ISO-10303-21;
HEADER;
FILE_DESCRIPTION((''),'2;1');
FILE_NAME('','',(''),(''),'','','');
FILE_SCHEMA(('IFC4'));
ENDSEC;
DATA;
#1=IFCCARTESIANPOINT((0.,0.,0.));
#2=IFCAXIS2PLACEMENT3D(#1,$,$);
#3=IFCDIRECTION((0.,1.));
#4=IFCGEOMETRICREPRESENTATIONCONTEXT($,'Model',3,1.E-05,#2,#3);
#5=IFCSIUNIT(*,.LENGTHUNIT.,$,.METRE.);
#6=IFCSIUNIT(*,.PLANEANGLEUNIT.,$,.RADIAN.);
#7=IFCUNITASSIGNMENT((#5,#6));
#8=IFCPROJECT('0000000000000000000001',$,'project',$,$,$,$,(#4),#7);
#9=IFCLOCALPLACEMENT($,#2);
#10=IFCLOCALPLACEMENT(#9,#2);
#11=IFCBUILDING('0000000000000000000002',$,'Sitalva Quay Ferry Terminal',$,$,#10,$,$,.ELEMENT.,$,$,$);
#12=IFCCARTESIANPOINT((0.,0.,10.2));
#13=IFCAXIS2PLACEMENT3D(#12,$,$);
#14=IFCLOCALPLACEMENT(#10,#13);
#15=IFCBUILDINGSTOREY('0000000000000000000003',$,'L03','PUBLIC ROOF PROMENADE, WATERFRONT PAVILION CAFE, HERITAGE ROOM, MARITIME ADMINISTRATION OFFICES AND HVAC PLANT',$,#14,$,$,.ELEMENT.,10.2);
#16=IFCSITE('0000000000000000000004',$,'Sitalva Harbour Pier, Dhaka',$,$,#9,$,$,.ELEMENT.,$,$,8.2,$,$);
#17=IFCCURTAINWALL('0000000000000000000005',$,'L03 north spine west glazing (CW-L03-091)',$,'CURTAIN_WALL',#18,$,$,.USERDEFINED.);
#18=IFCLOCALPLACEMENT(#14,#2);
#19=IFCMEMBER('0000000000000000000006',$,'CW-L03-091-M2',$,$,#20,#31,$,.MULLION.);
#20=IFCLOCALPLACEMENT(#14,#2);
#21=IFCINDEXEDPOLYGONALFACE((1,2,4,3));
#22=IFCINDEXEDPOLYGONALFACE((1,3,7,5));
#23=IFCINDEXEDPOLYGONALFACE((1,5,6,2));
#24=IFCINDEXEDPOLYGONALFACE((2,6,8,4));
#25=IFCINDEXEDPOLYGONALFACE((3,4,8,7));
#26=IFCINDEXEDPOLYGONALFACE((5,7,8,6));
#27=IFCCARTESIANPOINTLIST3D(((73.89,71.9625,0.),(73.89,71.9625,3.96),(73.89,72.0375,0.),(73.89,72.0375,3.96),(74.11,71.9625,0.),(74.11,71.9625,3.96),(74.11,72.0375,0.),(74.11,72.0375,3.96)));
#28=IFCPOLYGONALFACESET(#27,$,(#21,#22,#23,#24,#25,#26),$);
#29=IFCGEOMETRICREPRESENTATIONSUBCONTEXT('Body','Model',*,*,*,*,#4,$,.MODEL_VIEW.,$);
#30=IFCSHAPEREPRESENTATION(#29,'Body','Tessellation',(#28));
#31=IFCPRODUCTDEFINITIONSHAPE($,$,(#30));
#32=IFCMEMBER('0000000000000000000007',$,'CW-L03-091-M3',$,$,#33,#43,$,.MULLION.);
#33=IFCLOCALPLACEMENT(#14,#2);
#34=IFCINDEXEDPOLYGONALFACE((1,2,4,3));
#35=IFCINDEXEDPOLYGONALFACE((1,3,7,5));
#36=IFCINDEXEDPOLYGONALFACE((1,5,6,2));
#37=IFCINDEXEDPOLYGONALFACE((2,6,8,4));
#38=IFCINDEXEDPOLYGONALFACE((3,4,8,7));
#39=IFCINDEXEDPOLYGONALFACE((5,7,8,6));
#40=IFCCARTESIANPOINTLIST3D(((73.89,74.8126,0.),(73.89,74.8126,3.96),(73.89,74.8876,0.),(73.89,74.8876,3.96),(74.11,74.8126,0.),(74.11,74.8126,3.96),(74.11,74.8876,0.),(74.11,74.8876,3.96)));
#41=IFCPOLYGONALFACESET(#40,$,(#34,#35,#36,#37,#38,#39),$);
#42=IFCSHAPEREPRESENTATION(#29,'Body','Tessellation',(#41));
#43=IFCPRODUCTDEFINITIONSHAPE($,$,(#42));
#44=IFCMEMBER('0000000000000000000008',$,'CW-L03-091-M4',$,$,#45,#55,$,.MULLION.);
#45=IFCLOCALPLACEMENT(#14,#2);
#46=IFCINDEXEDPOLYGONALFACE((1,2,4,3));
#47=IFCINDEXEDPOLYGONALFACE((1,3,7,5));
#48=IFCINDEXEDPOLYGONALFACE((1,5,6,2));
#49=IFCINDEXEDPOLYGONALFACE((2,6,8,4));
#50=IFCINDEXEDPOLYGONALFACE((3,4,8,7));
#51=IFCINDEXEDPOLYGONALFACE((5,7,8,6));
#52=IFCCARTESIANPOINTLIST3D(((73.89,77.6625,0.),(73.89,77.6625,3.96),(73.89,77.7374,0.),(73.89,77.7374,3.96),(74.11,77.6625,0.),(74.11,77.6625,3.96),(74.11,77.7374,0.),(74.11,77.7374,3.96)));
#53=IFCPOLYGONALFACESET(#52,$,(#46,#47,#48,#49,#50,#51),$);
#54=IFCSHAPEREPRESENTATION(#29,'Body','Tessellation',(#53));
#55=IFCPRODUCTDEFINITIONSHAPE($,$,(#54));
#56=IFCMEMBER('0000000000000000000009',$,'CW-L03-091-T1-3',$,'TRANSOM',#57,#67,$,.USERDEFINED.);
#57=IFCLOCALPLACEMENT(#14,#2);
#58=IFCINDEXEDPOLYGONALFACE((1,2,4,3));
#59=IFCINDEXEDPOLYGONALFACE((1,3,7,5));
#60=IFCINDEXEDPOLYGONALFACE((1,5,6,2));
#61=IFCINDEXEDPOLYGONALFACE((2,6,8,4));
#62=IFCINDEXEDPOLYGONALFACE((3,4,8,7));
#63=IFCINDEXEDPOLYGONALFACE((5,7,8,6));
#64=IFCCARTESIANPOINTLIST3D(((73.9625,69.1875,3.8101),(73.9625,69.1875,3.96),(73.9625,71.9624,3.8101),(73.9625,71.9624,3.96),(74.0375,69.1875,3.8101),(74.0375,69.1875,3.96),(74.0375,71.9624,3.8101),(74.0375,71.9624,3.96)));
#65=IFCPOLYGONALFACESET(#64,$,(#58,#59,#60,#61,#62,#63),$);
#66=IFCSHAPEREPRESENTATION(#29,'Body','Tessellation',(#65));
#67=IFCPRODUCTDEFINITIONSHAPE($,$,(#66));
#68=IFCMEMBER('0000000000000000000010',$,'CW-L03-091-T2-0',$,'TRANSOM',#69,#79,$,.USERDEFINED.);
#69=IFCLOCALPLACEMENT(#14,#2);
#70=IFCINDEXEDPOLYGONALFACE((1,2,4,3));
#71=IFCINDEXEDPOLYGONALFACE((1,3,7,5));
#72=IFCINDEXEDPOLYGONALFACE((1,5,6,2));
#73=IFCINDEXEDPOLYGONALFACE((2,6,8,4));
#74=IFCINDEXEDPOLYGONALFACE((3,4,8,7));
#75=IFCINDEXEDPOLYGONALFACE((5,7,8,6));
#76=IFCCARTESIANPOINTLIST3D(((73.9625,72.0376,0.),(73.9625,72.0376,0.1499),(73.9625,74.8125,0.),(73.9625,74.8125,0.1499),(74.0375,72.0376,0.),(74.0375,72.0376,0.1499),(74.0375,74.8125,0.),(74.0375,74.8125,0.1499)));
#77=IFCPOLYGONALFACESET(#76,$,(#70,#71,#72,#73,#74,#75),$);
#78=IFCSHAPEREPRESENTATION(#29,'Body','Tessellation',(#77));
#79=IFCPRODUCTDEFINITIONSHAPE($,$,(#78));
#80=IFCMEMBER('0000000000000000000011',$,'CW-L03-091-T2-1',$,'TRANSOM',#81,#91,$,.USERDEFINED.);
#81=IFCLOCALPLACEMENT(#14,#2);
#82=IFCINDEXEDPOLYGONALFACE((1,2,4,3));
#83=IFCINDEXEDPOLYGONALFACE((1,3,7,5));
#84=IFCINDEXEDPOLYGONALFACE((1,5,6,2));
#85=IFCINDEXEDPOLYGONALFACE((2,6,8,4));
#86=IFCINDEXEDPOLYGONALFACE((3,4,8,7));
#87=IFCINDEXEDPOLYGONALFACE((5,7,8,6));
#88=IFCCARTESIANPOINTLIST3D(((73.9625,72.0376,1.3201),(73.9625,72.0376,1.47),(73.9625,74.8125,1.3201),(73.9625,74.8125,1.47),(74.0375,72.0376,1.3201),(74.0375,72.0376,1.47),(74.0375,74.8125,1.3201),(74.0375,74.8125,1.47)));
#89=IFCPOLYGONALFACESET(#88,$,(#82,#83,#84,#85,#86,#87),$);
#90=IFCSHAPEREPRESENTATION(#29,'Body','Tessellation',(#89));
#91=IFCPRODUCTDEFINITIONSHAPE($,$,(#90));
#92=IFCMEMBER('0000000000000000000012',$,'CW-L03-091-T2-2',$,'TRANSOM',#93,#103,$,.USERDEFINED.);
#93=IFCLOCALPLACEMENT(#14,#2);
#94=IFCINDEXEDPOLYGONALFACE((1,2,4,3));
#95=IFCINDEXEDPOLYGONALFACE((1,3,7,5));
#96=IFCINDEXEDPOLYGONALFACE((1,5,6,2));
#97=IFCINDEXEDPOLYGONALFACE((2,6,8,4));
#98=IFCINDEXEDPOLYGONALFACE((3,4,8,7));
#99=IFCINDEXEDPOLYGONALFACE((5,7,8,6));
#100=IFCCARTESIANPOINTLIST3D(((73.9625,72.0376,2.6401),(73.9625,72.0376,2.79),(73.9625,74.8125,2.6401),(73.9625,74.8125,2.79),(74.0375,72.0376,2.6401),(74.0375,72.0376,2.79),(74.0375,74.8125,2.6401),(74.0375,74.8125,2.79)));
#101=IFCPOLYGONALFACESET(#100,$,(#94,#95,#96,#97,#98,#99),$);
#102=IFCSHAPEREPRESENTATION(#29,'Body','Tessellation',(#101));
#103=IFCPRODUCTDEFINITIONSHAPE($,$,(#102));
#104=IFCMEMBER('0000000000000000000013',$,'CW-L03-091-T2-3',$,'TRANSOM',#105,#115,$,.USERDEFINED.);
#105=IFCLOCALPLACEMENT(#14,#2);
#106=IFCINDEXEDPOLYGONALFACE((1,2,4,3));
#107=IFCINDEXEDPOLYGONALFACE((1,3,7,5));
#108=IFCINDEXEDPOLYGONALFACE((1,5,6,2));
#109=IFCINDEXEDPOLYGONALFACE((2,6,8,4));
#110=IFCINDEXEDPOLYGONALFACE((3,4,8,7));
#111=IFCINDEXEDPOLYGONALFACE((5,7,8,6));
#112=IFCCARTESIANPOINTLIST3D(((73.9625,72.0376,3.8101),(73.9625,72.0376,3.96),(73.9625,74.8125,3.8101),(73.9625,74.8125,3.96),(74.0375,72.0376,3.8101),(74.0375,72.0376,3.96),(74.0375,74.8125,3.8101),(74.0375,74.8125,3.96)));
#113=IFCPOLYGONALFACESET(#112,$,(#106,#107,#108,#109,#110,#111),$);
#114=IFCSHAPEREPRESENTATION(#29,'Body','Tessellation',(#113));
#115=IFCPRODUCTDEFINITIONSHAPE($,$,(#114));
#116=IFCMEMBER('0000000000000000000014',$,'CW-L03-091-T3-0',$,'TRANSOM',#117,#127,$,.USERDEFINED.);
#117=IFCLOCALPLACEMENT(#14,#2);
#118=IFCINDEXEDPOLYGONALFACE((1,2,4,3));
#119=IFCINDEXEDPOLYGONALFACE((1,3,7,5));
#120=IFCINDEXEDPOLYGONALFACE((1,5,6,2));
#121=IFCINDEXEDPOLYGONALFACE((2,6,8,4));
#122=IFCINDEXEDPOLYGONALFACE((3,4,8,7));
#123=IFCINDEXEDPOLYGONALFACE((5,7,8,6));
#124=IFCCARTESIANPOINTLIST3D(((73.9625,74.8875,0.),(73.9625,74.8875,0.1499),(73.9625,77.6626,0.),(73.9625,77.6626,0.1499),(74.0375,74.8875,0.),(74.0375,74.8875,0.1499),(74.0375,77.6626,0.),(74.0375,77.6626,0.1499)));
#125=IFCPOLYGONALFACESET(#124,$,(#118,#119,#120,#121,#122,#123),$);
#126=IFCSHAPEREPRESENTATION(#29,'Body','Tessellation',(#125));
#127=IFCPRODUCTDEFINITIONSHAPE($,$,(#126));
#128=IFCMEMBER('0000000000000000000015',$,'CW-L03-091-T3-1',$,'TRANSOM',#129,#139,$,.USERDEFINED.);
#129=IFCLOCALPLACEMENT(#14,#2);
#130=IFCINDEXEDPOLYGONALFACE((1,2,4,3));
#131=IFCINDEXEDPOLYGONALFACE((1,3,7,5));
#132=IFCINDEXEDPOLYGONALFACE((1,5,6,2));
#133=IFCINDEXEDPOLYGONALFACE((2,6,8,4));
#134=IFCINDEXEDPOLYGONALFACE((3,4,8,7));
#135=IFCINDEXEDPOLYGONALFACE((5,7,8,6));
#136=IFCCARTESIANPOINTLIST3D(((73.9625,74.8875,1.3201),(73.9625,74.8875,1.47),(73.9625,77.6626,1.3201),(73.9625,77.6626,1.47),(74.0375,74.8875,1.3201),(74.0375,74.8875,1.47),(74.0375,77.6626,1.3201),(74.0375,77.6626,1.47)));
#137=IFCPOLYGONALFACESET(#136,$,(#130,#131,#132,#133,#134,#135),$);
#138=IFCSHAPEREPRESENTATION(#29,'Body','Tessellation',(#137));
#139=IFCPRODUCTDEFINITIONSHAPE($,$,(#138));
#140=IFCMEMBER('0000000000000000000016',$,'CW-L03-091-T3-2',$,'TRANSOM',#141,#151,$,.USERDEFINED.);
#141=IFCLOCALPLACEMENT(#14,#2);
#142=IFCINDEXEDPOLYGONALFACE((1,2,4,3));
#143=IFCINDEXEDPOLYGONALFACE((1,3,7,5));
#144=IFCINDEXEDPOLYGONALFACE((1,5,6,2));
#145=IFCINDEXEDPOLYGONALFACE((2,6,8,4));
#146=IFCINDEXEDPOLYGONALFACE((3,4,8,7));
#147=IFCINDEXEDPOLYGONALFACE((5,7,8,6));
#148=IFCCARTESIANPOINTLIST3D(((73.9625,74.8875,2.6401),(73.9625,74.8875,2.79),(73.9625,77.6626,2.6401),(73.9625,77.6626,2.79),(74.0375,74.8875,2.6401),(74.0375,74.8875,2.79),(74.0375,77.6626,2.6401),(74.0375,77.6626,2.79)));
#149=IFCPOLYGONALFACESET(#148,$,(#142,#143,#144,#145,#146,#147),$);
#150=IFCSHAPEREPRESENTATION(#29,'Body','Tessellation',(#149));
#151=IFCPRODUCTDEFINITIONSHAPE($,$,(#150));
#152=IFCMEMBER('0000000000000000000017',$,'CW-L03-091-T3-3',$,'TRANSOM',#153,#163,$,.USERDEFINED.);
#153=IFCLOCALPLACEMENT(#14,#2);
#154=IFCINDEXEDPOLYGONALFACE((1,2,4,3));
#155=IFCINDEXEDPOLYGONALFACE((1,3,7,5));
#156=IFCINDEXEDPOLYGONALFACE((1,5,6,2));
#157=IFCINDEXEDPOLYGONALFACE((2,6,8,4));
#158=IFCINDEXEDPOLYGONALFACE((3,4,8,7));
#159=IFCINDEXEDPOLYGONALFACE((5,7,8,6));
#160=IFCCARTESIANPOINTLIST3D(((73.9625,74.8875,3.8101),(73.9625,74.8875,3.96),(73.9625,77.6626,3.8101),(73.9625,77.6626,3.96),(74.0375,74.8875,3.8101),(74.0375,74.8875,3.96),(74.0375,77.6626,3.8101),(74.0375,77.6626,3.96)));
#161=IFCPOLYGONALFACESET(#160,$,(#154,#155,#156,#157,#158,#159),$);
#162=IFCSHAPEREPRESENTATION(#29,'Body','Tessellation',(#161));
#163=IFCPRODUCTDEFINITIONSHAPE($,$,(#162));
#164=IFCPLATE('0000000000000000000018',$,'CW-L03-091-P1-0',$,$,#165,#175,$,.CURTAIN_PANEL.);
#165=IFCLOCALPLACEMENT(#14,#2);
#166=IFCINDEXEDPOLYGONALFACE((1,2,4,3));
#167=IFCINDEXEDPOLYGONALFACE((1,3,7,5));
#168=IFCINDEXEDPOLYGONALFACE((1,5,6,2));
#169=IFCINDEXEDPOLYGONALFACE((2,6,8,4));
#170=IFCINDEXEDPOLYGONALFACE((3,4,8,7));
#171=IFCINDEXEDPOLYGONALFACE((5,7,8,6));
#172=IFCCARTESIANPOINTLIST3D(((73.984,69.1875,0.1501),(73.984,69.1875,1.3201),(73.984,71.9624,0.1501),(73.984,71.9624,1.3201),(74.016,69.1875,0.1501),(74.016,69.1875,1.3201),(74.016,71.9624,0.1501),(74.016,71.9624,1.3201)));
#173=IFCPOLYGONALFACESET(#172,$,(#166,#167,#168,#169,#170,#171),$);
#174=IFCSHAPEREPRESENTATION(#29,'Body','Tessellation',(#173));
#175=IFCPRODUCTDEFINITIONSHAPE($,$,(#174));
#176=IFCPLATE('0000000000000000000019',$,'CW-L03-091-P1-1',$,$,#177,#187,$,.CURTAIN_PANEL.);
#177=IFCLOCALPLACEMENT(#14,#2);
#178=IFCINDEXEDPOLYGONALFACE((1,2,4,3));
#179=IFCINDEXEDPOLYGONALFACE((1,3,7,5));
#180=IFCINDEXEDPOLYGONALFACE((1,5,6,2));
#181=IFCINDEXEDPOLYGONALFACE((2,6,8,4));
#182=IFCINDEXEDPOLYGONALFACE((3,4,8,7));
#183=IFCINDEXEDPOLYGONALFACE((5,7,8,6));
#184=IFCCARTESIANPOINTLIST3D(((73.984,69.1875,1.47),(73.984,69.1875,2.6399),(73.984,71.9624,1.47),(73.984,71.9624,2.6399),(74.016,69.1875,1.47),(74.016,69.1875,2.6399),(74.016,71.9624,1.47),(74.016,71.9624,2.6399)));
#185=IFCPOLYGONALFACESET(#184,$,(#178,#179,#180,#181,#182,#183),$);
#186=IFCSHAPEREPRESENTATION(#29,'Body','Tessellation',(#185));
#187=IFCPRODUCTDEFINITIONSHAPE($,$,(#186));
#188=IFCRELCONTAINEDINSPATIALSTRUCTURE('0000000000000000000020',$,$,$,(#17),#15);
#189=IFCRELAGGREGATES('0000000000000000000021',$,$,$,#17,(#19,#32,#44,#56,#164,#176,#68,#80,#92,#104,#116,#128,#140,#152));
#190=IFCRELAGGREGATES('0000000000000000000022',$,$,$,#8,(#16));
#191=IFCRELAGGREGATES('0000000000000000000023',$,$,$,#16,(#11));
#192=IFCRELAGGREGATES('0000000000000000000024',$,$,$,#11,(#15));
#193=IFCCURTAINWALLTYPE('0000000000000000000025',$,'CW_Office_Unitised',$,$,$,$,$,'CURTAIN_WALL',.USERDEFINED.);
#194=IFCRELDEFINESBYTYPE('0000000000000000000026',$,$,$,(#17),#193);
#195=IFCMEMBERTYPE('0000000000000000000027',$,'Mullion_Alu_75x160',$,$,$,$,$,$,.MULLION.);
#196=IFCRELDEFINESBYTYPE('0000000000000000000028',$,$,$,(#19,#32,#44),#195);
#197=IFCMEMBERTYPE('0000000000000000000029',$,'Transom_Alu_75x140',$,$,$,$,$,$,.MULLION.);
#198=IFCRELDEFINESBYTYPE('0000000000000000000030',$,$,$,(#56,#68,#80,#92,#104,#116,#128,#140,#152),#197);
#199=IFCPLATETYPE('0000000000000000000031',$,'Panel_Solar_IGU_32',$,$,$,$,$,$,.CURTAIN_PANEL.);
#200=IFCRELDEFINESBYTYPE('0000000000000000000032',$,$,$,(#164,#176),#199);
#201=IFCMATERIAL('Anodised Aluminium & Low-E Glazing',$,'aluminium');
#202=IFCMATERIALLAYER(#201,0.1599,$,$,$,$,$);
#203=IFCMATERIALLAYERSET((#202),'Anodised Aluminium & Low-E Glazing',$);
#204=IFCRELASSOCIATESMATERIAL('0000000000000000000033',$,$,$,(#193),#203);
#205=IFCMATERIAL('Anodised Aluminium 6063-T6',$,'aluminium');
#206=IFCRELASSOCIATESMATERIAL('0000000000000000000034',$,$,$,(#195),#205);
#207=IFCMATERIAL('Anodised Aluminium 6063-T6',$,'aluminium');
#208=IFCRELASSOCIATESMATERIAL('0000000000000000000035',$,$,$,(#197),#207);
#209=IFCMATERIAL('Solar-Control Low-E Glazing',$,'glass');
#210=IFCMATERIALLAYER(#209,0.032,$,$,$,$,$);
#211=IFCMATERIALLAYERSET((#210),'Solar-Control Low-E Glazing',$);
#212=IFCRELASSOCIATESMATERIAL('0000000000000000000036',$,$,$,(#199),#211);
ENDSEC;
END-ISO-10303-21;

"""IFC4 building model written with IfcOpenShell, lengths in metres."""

from ifc_helpers import new_model, si_unit, direction, frame, origin, origin_2d, place, context, subcontext, project, spatial, rectangle, extrude, material, layer, layer_set, material_profile, profile_set, type_object, element, aggregate, save


model = new_model("IFC4")

# Units and contexts
model_context = context("Model", 3, precision=1e-05, world=origin(), true_north=direction((0.0, 1.0)))
body_context = subcontext(model_context, "Body", "Model", "MODEL_VIEW")
ifc_project = project(units=[si_unit("LENGTHUNIT", "METRE"), si_unit("PLANEANGLEUNIT", "RADIAN")], contexts=[model_context])

# Site, building, storey
site_placement = place(None, origin())
site = spatial("IfcSite", under=ifc_project, at=site_placement, Name="Sitalva Harbour Pier, Dhaka", CompositionType="ELEMENT", RefElevation=8.2)
building_placement = place(site_placement, origin())
building = spatial("IfcBuilding", under=site, at=building_placement, Name="Sitalva Quay Ferry Terminal", CompositionType="ELEMENT")
storey_placement = place(building_placement, frame((0.0, 0.0, 10.2)))
storey = spatial("IfcBuildingStorey", under=building, at=storey_placement, Name="L03", Description="PUBLIC ROOF PROMENADE, WATERFRONT PAVILION CAFE, HERITAGE ROOM, MARITIME ADMINISTRATION OFFICES AND HVAC PLANT", CompositionType="ELEMENT", Elevation=10.2)

# Curtain wall, members, plates
ifc_material_1 = material(Name="Anodised Aluminium & Low-E Glazing", Category="aluminium")
ifc_layer_1 = layer(ifc_material_1, 0.1599)
ifc_layer_set_1 = layer_set([ifc_layer_1], Name="Anodised Aluminium & Low-E Glazing")
curtain_wall_type = type_object("IfcCurtainWallType", Name="CW_Office_Unitised", ElementType="CURTAIN_WALL", PredefinedType="USERDEFINED", material=ifc_layer_set_1)
curtain_wall_placement = place(storey_placement, origin())
curtain_wall = element("IfcCurtainWall", 1, at=curtain_wall_placement, inside=storey, type_object=curtain_wall_type, Name="L03 north spine west glazing (CW-L03-091)", ObjectType="CURTAIN_WALL", PredefinedType="USERDEFINED")
ifc_material_2 = material(Name="Anodised Aluminium 6063-T6", Category="aluminium")
ifc_material_profile_1 = material_profile(ifc_material_2, rectangle(XDim=0.075, YDim=0.22, at=origin_2d()), Name="ALU75x220")
ifc_profile_set_1 = profile_set([ifc_material_profile_1], Name="Anodised Aluminium 6063-T6")
member_type_1 = type_object("IfcMemberType", Name="Mullion_Alu_75x160", PredefinedType="MULLION", material=ifc_profile_set_1)
member_1_placement = place(storey_placement, frame((74.0, 72.0, 0.0), z_axis=(0.0, 0.0, 1.0), x_axis=(0.0, 1.0, 0.0)))
member_1 = element("IfcMember", 2, at=member_1_placement, type_object=member_type_1, Name="CW-L03-091-M2", PredefinedType="MULLION", context=body_context, shape_type="SweptSolid", body=[
    extrude(rectangle(XDim=0.075, YDim=0.22, at=origin_2d()), origin(), (0.0, 0.0, 1.0), 3.96),
])
member_2_placement = place(storey_placement, frame((74.0, 74.8501, 0.0), z_axis=(0.0, 0.0, 1.0), x_axis=(0.0, 1.0, 0.0)))
member_2 = element("IfcMember", 3, at=member_2_placement, type_object=member_type_1, Name="CW-L03-091-M3", PredefinedType="MULLION", context=body_context, shape_type="SweptSolid", body=[
    extrude(rectangle(XDim=0.075, YDim=0.22, at=origin_2d()), origin(), (0.0, 0.0, 1.0), 3.96),
])
member_3_placement = place(storey_placement, frame((74.0, 77.7, 0.0), z_axis=(0.0, 0.0, 1.0), x_axis=(0.0, 1.0, 0.0)))
member_3 = element("IfcMember", 4, at=member_3_placement, type_object=member_type_1, Name="CW-L03-091-M4", PredefinedType="MULLION", context=body_context, shape_type="SweptSolid", body=[
    extrude(rectangle(XDim=0.075, YDim=0.22, at=origin_2d()), origin(), (0.0, 0.0, 1.0), 3.96),
])
ifc_material_3 = material(Name="Anodised Aluminium 6063-T6", Category="aluminium")
ifc_material_profile_2 = material_profile(ifc_material_3, rectangle(XDim=0.075, YDim=0.1499, at=origin_2d()), Name="ALU75x150")
ifc_profile_set_2 = profile_set([ifc_material_profile_2], Name="Anodised Aluminium 6063-T6")
member_type_2 = type_object("IfcMemberType", Name="Transom_Alu_75x140", PredefinedType="MULLION", material=ifc_profile_set_2)
member_4_placement = place(storey_placement, frame((74.0, 69.1875, 3.885), z_axis=(0.0, 1.0, 0.0), x_axis=(-1.0, 0.0, 0.0)))
member_4 = element("IfcMember", 5, at=member_4_placement, type_object=member_type_2, Name="CW-L03-091-T1-3", ObjectType="TRANSOM", PredefinedType="USERDEFINED", context=body_context, shape_type="SweptSolid", body=[
    extrude(rectangle(XDim=0.075, YDim=0.1499, at=origin_2d()), origin(), (0.0, 0.0, 1.0), 2.7749),
])
member_5_placement = place(storey_placement, frame((74.0, 72.0376, 0.075), z_axis=(0.0, 1.0, 0.0), x_axis=(-1.0, 0.0, 0.0)))
member_5 = element("IfcMember", 6, at=member_5_placement, type_object=member_type_2, Name="CW-L03-091-T2-0", ObjectType="TRANSOM", PredefinedType="USERDEFINED", context=body_context, shape_type="SweptSolid", body=[
    extrude(rectangle(XDim=0.075, YDim=0.1499, at=origin_2d()), origin(), (0.0, 0.0, 1.0), 2.7749),
])
member_6_placement = place(storey_placement, frame((74.0, 72.0376, 1.395), z_axis=(0.0, 1.0, 0.0), x_axis=(-1.0, 0.0, 0.0)))
member_6 = element("IfcMember", 7, at=member_6_placement, type_object=member_type_2, Name="CW-L03-091-T2-1", ObjectType="TRANSOM", PredefinedType="USERDEFINED", context=body_context, shape_type="SweptSolid", body=[
    extrude(rectangle(XDim=0.075, YDim=0.1499, at=origin_2d()), origin(), (0.0, 0.0, 1.0), 2.7749),
])
member_7_placement = place(storey_placement, frame((74.0, 72.0376, 2.7151), z_axis=(0.0, 1.0, 0.0), x_axis=(-1.0, 0.0, 0.0)))
member_7 = element("IfcMember", 8, at=member_7_placement, type_object=member_type_2, Name="CW-L03-091-T2-2", ObjectType="TRANSOM", PredefinedType="USERDEFINED", context=body_context, shape_type="SweptSolid", body=[
    extrude(rectangle(XDim=0.075, YDim=0.1499, at=origin_2d()), origin(), (0.0, 0.0, 1.0), 2.7749),
])
member_8_placement = place(storey_placement, frame((74.0, 72.0376, 3.885), z_axis=(0.0, 1.0, 0.0), x_axis=(-1.0, 0.0, 0.0)))
member_8 = element("IfcMember", 9, at=member_8_placement, type_object=member_type_2, Name="CW-L03-091-T2-3", ObjectType="TRANSOM", PredefinedType="USERDEFINED", context=body_context, shape_type="SweptSolid", body=[
    extrude(rectangle(XDim=0.075, YDim=0.1499, at=origin_2d()), origin(), (0.0, 0.0, 1.0), 2.7749),
])
member_9_placement = place(storey_placement, frame((74.0, 74.8875, 0.075), z_axis=(0.0, 1.0, 0.0), x_axis=(-1.0, 0.0, 0.0)))
member_9 = element("IfcMember", 10, at=member_9_placement, type_object=member_type_2, Name="CW-L03-091-T3-0", ObjectType="TRANSOM", PredefinedType="USERDEFINED", context=body_context, shape_type="SweptSolid", body=[
    extrude(rectangle(XDim=0.075, YDim=0.1499, at=origin_2d()), origin(), (0.0, 0.0, 1.0), 2.7751),
])
member_10_placement = place(storey_placement, frame((74.0, 74.8875, 1.395), z_axis=(0.0, 1.0, 0.0), x_axis=(-1.0, 0.0, 0.0)))
member_10 = element("IfcMember", 11, at=member_10_placement, type_object=member_type_2, Name="CW-L03-091-T3-1", ObjectType="TRANSOM", PredefinedType="USERDEFINED", context=body_context, shape_type="SweptSolid", body=[
    extrude(rectangle(XDim=0.075, YDim=0.1499, at=origin_2d()), origin(), (0.0, 0.0, 1.0), 2.7751),
])
member_11_placement = place(storey_placement, frame((74.0, 74.8875, 2.7151), z_axis=(0.0, 1.0, 0.0), x_axis=(-1.0, 0.0, 0.0)))
member_11 = element("IfcMember", 12, at=member_11_placement, type_object=member_type_2, Name="CW-L03-091-T3-2", ObjectType="TRANSOM", PredefinedType="USERDEFINED", context=body_context, shape_type="SweptSolid", body=[
    extrude(rectangle(XDim=0.075, YDim=0.1499, at=origin_2d()), origin(), (0.0, 0.0, 1.0), 2.7751),
])
member_12_placement = place(storey_placement, frame((74.0, 74.8875, 3.885), z_axis=(0.0, 1.0, 0.0), x_axis=(-1.0, 0.0, 0.0)))
member_12 = element("IfcMember", 13, at=member_12_placement, type_object=member_type_2, Name="CW-L03-091-T3-3", ObjectType="TRANSOM", PredefinedType="USERDEFINED", context=body_context, shape_type="SweptSolid", body=[
    extrude(rectangle(XDim=0.075, YDim=0.1499, at=origin_2d()), origin(), (0.0, 0.0, 1.0), 2.7751),
])
ifc_material_4 = material(Name="Solar-Control Low-E Glazing", Category="glass")
ifc_layer_2 = layer(ifc_material_4, 0.032)
ifc_layer_set_2 = layer_set([ifc_layer_2], Name="Solar-Control Low-E Glazing")
plate_type = type_object("IfcPlateType", Name="Panel_Solar_IGU_32", PredefinedType="CURTAIN_PANEL", material=ifc_layer_set_2)
plate_1_placement = place(storey_placement, frame((74.0, 70.575, 0.1501), z_axis=(0.0, 0.0, 1.0), x_axis=(0.0, 1.0, 0.0)))
plate_1 = element("IfcPlate", 14, at=plate_1_placement, type_object=plate_type, Name="CW-L03-091-P1-0", PredefinedType="CURTAIN_PANEL", context=body_context, shape_type="SweptSolid", body=[
    extrude(rectangle(XDim=2.7749, YDim=0.032, at=origin_2d()), origin(), (0.0, 0.0, 1.0), 1.1699),
])
plate_2_placement = place(storey_placement, frame((74.0, 70.575, 1.47), z_axis=(0.0, 0.0, 1.0), x_axis=(0.0, 1.0, 0.0)))
plate_2 = element("IfcPlate", 15, at=plate_2_placement, type_object=plate_type, Name="CW-L03-091-P1-1", PredefinedType="CURTAIN_PANEL", context=body_context, shape_type="SweptSolid", body=[
    extrude(rectangle(XDim=2.7749, YDim=0.032, at=origin_2d()), origin(), (0.0, 0.0, 1.0), 1.1699),
])
aggregate(curtain_wall, [member_1, member_2, member_3, member_4, plate_1, plate_2, member_5, member_6, member_7, member_8, member_9, member_10, member_11, member_12])

save(model, "model.ifc")
